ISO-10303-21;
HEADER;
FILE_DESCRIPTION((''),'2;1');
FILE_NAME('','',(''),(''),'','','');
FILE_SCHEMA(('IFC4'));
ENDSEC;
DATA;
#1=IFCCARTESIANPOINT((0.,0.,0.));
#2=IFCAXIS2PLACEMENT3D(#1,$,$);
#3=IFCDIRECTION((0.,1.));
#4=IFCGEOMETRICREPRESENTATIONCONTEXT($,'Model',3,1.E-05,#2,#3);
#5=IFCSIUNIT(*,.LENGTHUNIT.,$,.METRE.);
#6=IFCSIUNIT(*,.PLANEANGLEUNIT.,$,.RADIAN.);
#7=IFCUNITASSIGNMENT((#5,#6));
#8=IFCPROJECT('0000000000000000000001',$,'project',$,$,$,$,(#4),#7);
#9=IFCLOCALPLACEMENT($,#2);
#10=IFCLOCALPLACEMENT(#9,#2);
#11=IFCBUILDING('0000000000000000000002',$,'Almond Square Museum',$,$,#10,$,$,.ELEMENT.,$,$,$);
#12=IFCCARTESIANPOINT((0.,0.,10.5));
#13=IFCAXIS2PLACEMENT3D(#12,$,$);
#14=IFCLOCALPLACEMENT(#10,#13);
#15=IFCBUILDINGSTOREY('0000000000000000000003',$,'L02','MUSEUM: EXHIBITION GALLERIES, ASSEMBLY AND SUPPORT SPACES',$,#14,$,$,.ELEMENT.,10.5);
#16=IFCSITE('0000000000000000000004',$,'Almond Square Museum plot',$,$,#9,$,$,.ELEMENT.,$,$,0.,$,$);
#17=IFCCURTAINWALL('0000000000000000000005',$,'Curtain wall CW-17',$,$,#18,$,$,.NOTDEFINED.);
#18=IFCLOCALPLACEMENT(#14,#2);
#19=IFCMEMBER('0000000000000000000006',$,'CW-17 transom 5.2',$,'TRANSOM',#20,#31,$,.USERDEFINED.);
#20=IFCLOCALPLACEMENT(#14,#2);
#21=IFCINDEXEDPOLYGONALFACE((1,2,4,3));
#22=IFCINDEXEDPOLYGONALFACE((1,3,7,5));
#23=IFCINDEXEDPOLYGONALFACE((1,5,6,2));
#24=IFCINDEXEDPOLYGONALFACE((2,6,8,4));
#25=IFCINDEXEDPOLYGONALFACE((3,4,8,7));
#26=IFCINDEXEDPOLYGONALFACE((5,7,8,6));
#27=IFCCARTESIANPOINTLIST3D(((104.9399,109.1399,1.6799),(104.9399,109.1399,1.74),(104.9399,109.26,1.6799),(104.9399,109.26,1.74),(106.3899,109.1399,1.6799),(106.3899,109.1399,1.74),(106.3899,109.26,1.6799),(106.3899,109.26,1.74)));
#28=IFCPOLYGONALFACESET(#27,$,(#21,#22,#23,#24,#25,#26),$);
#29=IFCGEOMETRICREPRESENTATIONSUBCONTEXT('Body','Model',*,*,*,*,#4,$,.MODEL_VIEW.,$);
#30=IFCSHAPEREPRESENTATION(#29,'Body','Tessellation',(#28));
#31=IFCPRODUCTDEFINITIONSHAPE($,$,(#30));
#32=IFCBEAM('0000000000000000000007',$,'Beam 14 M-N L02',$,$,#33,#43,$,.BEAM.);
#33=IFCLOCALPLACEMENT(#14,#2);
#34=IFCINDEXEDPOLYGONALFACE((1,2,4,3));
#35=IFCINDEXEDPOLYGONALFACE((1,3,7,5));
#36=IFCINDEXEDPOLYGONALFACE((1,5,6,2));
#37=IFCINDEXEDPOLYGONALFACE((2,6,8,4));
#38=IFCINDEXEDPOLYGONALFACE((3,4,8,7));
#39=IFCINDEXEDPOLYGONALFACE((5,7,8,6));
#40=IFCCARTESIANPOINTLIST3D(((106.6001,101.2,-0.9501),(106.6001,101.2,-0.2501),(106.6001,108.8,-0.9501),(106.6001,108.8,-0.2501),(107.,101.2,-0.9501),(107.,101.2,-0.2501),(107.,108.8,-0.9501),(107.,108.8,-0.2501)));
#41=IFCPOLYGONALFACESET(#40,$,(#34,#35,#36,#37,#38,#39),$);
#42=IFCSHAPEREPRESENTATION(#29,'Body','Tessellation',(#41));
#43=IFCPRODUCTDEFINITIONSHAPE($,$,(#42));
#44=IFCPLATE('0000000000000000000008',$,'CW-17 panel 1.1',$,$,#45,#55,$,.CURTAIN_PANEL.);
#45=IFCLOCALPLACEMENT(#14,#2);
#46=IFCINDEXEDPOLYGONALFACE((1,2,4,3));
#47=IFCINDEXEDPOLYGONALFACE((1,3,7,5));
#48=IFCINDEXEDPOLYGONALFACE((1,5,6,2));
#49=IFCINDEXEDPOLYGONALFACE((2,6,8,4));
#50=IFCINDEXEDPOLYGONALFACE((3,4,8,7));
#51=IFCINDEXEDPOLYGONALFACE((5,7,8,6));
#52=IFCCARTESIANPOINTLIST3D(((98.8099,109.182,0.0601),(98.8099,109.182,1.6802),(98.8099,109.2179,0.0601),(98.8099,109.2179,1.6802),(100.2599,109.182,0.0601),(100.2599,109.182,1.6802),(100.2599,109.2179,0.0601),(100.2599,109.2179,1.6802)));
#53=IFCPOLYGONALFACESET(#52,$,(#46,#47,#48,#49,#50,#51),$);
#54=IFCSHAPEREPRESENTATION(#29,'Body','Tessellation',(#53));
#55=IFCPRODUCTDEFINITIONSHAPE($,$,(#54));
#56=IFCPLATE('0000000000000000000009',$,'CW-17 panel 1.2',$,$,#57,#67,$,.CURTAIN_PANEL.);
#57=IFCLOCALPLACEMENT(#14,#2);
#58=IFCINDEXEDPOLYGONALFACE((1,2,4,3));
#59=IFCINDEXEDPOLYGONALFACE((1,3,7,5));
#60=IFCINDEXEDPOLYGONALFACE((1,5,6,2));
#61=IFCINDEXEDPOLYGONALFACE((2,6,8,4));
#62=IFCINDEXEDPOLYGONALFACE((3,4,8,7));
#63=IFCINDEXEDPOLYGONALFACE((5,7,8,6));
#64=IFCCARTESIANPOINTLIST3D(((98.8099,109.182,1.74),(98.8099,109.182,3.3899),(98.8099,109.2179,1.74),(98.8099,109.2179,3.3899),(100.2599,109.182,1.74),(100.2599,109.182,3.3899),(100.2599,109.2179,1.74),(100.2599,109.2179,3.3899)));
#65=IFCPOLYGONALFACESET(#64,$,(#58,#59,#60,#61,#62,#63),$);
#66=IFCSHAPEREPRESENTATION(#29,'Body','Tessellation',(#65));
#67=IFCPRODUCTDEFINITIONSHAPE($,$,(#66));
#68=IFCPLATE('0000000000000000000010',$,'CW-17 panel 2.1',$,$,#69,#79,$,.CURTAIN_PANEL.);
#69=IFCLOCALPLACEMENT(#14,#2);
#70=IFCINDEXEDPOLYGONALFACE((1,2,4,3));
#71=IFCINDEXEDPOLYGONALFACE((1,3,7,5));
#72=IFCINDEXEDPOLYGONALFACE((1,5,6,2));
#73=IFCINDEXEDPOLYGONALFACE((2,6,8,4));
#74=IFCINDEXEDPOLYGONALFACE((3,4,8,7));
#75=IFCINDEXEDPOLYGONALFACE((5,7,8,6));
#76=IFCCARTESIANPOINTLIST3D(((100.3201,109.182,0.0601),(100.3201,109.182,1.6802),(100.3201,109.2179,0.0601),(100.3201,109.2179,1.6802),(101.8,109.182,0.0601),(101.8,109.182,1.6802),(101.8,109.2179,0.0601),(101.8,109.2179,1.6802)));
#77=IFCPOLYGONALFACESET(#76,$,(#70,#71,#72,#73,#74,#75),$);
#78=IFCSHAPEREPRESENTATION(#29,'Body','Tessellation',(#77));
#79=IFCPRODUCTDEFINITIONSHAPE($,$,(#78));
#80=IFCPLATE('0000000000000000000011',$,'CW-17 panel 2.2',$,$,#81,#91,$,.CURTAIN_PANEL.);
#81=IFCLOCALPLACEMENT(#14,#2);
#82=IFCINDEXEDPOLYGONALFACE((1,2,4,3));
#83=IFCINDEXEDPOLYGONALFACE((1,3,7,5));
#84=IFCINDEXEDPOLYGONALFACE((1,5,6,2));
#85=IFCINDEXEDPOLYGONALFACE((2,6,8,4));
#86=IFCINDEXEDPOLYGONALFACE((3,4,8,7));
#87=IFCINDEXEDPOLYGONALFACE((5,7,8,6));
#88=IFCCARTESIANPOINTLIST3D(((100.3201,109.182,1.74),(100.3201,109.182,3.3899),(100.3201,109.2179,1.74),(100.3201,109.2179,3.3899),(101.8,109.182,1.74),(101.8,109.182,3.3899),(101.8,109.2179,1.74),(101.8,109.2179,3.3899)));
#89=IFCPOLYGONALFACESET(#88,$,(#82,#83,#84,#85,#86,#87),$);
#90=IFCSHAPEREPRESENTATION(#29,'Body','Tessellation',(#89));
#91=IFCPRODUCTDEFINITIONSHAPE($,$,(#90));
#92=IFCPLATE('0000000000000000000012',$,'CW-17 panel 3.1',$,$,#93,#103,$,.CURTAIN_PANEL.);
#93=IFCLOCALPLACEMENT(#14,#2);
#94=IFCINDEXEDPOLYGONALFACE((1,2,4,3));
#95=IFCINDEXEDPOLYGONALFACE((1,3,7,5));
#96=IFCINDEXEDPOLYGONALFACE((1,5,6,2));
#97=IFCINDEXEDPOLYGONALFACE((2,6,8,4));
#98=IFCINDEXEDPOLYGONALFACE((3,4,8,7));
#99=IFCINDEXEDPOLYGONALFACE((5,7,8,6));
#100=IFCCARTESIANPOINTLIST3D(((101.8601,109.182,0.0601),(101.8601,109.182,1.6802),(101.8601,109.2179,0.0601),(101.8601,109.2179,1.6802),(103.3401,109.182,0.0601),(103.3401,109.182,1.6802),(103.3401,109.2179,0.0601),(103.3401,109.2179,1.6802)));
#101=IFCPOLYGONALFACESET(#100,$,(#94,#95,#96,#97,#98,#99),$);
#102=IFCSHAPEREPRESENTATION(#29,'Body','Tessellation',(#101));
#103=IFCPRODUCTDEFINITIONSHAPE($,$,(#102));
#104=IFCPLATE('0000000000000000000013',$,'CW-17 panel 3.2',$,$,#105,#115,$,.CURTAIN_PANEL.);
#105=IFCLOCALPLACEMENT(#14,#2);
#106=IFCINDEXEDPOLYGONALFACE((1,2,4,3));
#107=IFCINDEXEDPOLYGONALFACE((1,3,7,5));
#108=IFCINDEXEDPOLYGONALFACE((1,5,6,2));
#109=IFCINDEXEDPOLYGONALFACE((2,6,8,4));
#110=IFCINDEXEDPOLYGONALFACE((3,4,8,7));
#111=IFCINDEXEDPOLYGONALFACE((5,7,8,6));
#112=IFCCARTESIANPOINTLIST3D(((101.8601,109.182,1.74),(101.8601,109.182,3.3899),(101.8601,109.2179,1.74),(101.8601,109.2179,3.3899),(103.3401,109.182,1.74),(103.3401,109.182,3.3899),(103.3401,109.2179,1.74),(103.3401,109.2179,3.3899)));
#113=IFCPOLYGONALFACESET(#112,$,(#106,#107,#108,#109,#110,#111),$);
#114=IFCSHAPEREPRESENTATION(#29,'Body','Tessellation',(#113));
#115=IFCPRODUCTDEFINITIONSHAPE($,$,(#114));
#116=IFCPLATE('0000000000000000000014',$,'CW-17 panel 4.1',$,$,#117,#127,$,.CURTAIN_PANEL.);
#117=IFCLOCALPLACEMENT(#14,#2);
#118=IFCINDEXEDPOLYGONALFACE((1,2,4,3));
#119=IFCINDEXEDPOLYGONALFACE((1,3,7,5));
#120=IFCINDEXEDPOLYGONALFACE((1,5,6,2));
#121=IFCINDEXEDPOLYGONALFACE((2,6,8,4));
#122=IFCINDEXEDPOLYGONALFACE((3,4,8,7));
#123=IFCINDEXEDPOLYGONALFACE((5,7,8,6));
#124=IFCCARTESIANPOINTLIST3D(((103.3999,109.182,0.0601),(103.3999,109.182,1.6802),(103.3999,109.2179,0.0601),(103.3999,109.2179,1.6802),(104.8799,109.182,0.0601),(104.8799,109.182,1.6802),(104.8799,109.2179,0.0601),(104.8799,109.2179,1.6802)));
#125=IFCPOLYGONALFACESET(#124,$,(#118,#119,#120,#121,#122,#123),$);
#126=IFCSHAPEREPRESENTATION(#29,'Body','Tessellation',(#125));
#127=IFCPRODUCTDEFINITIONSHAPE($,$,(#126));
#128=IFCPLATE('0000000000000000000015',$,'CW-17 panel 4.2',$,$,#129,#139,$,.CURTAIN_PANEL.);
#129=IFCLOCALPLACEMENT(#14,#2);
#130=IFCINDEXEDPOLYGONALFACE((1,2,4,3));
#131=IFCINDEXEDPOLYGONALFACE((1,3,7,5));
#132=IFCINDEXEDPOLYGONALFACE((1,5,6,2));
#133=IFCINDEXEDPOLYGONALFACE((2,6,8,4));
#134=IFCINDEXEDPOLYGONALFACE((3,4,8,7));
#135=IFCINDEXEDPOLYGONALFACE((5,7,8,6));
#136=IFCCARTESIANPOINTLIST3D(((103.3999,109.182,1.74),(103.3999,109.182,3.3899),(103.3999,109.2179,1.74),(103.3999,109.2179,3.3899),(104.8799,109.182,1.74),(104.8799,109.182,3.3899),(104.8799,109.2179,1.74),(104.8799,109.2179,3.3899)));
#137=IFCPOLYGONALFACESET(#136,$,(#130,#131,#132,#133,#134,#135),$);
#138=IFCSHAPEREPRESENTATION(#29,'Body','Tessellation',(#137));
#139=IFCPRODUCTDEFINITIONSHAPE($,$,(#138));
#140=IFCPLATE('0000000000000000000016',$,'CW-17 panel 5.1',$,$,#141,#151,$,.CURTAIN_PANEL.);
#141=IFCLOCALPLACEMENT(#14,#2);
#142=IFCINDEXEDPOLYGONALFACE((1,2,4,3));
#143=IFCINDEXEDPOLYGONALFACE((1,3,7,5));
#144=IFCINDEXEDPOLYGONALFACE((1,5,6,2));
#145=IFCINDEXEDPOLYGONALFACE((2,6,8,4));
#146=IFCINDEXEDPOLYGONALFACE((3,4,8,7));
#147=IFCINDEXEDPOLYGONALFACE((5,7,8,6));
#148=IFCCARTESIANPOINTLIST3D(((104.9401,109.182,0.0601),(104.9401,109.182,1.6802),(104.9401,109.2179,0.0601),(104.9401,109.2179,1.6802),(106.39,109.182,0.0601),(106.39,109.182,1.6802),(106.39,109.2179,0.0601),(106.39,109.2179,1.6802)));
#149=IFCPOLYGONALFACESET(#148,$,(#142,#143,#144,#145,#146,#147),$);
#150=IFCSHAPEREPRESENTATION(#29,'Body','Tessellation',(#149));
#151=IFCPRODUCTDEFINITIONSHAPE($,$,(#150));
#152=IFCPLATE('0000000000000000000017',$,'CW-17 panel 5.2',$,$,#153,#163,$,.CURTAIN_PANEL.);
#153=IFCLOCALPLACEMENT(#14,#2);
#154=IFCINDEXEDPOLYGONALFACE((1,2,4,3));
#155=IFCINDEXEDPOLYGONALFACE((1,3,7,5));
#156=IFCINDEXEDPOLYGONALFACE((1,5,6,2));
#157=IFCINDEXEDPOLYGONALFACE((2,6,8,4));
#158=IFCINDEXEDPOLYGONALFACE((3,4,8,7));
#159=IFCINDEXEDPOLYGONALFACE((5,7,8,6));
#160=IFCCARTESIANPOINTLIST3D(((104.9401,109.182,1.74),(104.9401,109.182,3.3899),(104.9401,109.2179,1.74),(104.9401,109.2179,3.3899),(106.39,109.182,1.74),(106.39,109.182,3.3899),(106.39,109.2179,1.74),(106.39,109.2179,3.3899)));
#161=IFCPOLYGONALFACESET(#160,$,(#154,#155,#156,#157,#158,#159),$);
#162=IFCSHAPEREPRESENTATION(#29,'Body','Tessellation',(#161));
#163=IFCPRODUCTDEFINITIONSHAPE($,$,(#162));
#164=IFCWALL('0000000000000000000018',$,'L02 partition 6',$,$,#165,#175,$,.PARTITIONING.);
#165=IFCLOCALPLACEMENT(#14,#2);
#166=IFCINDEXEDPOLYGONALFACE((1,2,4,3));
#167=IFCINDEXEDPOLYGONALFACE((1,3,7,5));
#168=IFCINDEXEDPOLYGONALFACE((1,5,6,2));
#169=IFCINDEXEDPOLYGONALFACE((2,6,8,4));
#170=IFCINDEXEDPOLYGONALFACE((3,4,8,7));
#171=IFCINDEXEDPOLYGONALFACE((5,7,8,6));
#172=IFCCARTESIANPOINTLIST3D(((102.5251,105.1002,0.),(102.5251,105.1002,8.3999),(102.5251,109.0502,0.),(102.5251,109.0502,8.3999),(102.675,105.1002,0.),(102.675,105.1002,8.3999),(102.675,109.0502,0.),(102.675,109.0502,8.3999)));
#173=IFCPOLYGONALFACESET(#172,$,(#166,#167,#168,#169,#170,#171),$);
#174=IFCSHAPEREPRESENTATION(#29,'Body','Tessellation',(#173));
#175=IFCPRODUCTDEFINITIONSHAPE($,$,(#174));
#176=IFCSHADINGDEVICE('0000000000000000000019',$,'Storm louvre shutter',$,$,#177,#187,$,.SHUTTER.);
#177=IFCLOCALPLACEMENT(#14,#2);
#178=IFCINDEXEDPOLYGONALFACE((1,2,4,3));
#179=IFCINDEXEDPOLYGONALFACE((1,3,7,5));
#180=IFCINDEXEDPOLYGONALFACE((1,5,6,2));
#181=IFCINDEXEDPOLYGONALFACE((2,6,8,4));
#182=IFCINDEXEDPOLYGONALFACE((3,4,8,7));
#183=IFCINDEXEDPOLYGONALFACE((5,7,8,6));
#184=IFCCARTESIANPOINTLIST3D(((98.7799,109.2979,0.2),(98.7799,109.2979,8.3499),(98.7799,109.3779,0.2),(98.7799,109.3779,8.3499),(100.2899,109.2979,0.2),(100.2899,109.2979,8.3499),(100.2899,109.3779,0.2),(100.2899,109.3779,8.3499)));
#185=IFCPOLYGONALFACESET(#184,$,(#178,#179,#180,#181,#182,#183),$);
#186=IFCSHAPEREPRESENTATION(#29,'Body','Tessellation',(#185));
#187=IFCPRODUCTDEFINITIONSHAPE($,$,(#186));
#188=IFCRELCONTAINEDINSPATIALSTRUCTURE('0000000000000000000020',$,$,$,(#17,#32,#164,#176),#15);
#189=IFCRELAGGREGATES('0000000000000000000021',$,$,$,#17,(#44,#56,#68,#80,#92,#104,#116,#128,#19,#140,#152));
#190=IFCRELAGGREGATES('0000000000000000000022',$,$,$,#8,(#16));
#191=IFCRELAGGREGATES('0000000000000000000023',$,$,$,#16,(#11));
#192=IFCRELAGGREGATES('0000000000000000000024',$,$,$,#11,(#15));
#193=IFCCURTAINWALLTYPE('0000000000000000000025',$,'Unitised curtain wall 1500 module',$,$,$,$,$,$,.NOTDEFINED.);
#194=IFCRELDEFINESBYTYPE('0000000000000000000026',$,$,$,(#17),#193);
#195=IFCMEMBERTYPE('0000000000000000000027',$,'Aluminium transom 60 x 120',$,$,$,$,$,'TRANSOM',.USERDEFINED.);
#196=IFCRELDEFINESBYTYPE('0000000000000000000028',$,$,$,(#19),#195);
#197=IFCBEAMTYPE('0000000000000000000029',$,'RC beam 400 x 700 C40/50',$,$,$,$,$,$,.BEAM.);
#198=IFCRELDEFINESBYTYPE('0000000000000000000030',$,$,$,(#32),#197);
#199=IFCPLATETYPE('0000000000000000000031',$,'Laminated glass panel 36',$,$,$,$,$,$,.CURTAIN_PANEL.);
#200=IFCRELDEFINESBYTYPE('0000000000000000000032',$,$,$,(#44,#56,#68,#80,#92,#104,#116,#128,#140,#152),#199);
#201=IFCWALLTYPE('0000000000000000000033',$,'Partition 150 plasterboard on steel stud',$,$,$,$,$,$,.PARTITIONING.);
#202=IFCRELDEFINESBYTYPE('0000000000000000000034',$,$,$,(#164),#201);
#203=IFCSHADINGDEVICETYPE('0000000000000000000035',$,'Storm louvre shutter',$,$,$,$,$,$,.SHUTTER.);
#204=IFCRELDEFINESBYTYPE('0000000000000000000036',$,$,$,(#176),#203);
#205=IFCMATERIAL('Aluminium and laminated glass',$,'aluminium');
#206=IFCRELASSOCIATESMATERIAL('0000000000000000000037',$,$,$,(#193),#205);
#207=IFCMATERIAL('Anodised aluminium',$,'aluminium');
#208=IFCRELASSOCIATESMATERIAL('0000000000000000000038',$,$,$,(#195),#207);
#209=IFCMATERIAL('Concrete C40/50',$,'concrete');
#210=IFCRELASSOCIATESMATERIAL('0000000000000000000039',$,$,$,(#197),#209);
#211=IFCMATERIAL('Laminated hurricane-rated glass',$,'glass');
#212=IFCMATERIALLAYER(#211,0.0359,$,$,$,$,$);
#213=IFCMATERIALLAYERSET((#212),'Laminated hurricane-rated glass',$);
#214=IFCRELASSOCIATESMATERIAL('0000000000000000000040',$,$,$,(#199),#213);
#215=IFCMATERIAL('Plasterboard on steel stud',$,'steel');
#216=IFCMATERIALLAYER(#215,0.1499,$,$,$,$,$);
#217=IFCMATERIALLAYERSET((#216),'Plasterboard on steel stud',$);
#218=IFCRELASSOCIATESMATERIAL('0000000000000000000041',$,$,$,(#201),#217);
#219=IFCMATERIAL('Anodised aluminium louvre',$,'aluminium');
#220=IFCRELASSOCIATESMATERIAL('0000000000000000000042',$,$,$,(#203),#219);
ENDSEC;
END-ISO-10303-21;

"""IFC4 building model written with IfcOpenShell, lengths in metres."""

from ifc_helpers import new_model, si_unit, direction, frame, frame_2d, origin, origin_2d, place, context, subcontext, project, spatial, rectangle, extrude, material, layer, layer_set, material_profile, profile_set, type_object, element, aggregate, save


model = new_model("IFC4")

# Units and contexts
model_context = context("Model", 3, precision=1e-05, world=origin(), true_north=direction((0.0, 1.0)))
body_context = subcontext(model_context, "Body", "Model", "MODEL_VIEW")
ifc_project = project(units=[si_unit("LENGTHUNIT", "METRE"), si_unit("PLANEANGLEUNIT", "RADIAN")], contexts=[model_context])

# Site, building, storey
site_placement = place(None, origin())
site = spatial("IfcSite", under=ifc_project, at=site_placement, Name="Almond Square Museum plot", CompositionType="ELEMENT", RefElevation=0.0)
building_placement = place(site_placement, origin())
building = spatial("IfcBuilding", under=site, at=building_placement, Name="Almond Square Museum", CompositionType="ELEMENT")
storey_placement = place(building_placement, frame((0.0, 0.0, 10.5)))
storey = spatial("IfcBuildingStorey", under=building, at=storey_placement, Name="L02", Description="MUSEUM: EXHIBITION GALLERIES, ASSEMBLY AND SUPPORT SPACES", CompositionType="ELEMENT", Elevation=10.5)

# Curtain wall, member
ifc_material_1 = material(Name="Aluminium and laminated glass", Category="aluminium")
curtain_wall_type = type_object("IfcCurtainWallType", Name="Unitised curtain wall 1500 module", PredefinedType="NOTDEFINED", material=ifc_material_1)
curtain_wall_placement = place(storey_placement, origin())
curtain_wall = element("IfcCurtainWall", 1, at=curtain_wall_placement, inside=storey, type_object=curtain_wall_type, Name="Curtain wall CW-17", PredefinedType="NOTDEFINED")
ifc_material_2 = material(Name="Anodised aluminium", Category="aluminium")
ifc_material_profile_1 = material_profile(ifc_material_2, rectangle(XDim=0.1201, YDim=0.0601, at=origin_2d()))
ifc_profile_set_1 = profile_set([ifc_material_profile_1], Name="Anodised aluminium")
member_type_1 = type_object("IfcMemberType", Name="Aluminium transom 60 x 120", ElementType="TRANSOM", PredefinedType="USERDEFINED", material=ifc_profile_set_1)
member_1_placement = place(storey_placement, frame((104.9399, 109.2, 1.71), z_axis=(1.0, 0.0, 0.0), x_axis=(0.0, 1.0, 0.0)))
member_1 = element("IfcMember", 2, at=member_1_placement, type_object=member_type_1, Name="CW-17 transom 5.2", ObjectType="TRANSOM", PredefinedType="USERDEFINED", context=body_context, shape_type="SweptSolid", body=[
    extrude(rectangle(XDim=0.1201, YDim=0.0601, at=origin_2d()), origin(), (0.0, 0.0, 1.0), 1.45),
])

# Beam
ifc_material_3 = material(Name="Concrete C40/50", Category="concrete")
ifc_material_profile_2 = material_profile(ifc_material_3, rectangle(XDim=0.3999, YDim=0.7, at=origin_2d()))
ifc_profile_set_2 = profile_set([ifc_material_profile_2], Name="Concrete C40/50")
beam_type = type_object("IfcBeamType", Name="RC beam 400 x 700 C40/50", PredefinedType="BEAM", material=ifc_profile_set_2)
beam_placement = place(storey_placement, frame((106.8, 101.2, -0.6001), z_axis=(0.0, 1.0, 0.0), x_axis=(-1.0, 0.0, 0.0)))
element("IfcBeam", 3, at=beam_placement, inside=storey, type_object=beam_type, Name="Beam 14 M-N L02", PredefinedType="BEAM", context=body_context, shape_type="SweptSolid", body=[
    extrude(rectangle(XDim=0.3999, YDim=0.7, at=origin_2d()), origin(), (0.0, 0.0, 1.0), 7.6001),
])

# Plates
ifc_material_4 = material(Name="Laminated hurricane-rated glass", Category="glass")
ifc_layer_1 = layer(ifc_material_4, 0.0359)
ifc_layer_set_1 = layer_set([ifc_layer_1], Name="Laminated hurricane-rated glass")
plate_type = type_object("IfcPlateType", Name="Laminated glass panel 36", PredefinedType="CURTAIN_PANEL", material=ifc_layer_set_1)
plate_1_placement = place(storey_placement, frame((99.5349, 109.2, 0.0601), z_axis=(0.0, 0.0, 1.0), x_axis=(1.0, 0.0, 0.0)))
plate_1 = element("IfcPlate", 4, at=plate_1_placement, type_object=plate_type, Name="CW-17 panel 1.1", PredefinedType="CURTAIN_PANEL", context=body_context, shape_type="SweptSolid", body=[
    extrude(rectangle(XDim=1.45, YDim=0.0359, at=origin_2d()), origin(), (0.0, 0.0, 1.0), 1.6201),
])
plate_2_placement = place(storey_placement, frame((99.5349, 109.2, 1.74), z_axis=(0.0, 0.0, 1.0), x_axis=(1.0, 0.0, 0.0)))
plate_2 = element("IfcPlate", 5, at=plate_2_placement, type_object=plate_type, Name="CW-17 panel 1.2", PredefinedType="CURTAIN_PANEL", context=body_context, shape_type="SweptSolid", body=[
    extrude(rectangle(XDim=1.45, YDim=0.0359, at=origin_2d()), origin(), (0.0, 0.0, 1.0), 1.6499),
])
plate_3_placement = place(storey_placement, frame((101.0601, 109.2, 0.0601), z_axis=(0.0, 0.0, 1.0), x_axis=(1.0, 0.0, 0.0)))
plate_3 = element("IfcPlate", 6, at=plate_3_placement, type_object=plate_type, Name="CW-17 panel 2.1", PredefinedType="CURTAIN_PANEL", context=body_context, shape_type="SweptSolid", body=[
    extrude(rectangle(XDim=1.48, YDim=0.0359, at=origin_2d()), origin(), (0.0, 0.0, 1.0), 1.6201),
])
plate_4_placement = place(storey_placement, frame((101.0601, 109.2, 1.74), z_axis=(0.0, 0.0, 1.0), x_axis=(1.0, 0.0, 0.0)))
plate_4 = element("IfcPlate", 7, at=plate_4_placement, type_object=plate_type, Name="CW-17 panel 2.2", PredefinedType="CURTAIN_PANEL", context=body_context, shape_type="SweptSolid", body=[
    extrude(rectangle(XDim=1.48, YDim=0.0359, at=origin_2d()), origin(), (0.0, 0.0, 1.0), 1.6499),
])
plate_5_placement = place(storey_placement, frame((102.6001, 109.2, 0.0601), z_axis=(0.0, 0.0, 1.0), x_axis=(1.0, 0.0, 0.0)))
plate_5 = element("IfcPlate", 8, at=plate_5_placement, type_object=plate_type, Name="CW-17 panel 3.1", PredefinedType="CURTAIN_PANEL", context=body_context, shape_type="SweptSolid", body=[
    extrude(rectangle(XDim=1.48, YDim=0.0359, at=origin_2d()), origin(), (0.0, 0.0, 1.0), 1.6201),
])
plate_6_placement = place(storey_placement, frame((102.6001, 109.2, 1.74), z_axis=(0.0, 0.0, 1.0), x_axis=(1.0, 0.0, 0.0)))
plate_6 = element("IfcPlate", 9, at=plate_6_placement, type_object=plate_type, Name="CW-17 panel 3.2", PredefinedType="CURTAIN_PANEL", context=body_context, shape_type="SweptSolid", body=[
    extrude(rectangle(XDim=1.48, YDim=0.0359, at=origin_2d()), origin(), (0.0, 0.0, 1.0), 1.6499),
])
plate_7_placement = place(storey_placement, frame((104.1399, 109.2, 0.0601), z_axis=(0.0, 0.0, 1.0), x_axis=(1.0, 0.0, 0.0)))
plate_7 = element("IfcPlate", 10, at=plate_7_placement, type_object=plate_type, Name="CW-17 panel 4.1", PredefinedType="CURTAIN_PANEL", context=body_context, shape_type="SweptSolid", body=[
    extrude(rectangle(XDim=1.48, YDim=0.0359, at=origin_2d()), origin(), (0.0, 0.0, 1.0), 1.6201),
])
plate_8_placement = place(storey_placement, frame((104.1399, 109.2, 1.74), z_axis=(0.0, 0.0, 1.0), x_axis=(1.0, 0.0, 0.0)))
plate_8 = element("IfcPlate", 11, at=plate_8_placement, type_object=plate_type, Name="CW-17 panel 4.2", PredefinedType="CURTAIN_PANEL", context=body_context, shape_type="SweptSolid", body=[
    extrude(rectangle(XDim=1.48, YDim=0.0359, at=origin_2d()), origin(), (0.0, 0.0, 1.0), 1.6499),
])
plate_9_placement = place(storey_placement, frame((105.665, 109.2, 0.0601), z_axis=(0.0, 0.0, 1.0), x_axis=(1.0, 0.0, 0.0)))
plate_9 = element("IfcPlate", 12, at=plate_9_placement, type_object=plate_type, Name="CW-17 panel 5.1", PredefinedType="CURTAIN_PANEL", context=body_context, shape_type="SweptSolid", body=[
    extrude(rectangle(XDim=1.45, YDim=0.0359, at=origin_2d()), origin(), (0.0, 0.0, 1.0), 1.6201),
])
plate_10_placement = place(storey_placement, frame((105.665, 109.2, 1.74), z_axis=(0.0, 0.0, 1.0), x_axis=(1.0, 0.0, 0.0)))
plate_10 = element("IfcPlate", 13, at=plate_10_placement, type_object=plate_type, Name="CW-17 panel 5.2", PredefinedType="CURTAIN_PANEL", context=body_context, shape_type="SweptSolid", body=[
    extrude(rectangle(XDim=1.45, YDim=0.0359, at=origin_2d()), origin(), (0.0, 0.0, 1.0), 1.6499),
])
aggregate(curtain_wall, [plate_1, plate_2, plate_3, plate_4, plate_5, plate_6, plate_7, plate_8, member_1, plate_9, plate_10])

# Wall
ifc_material_5 = material(Name="Plasterboard on steel stud", Category="steel")
ifc_layer_2 = layer(ifc_material_5, 0.1499)
ifc_layer_set_2 = layer_set([ifc_layer_2], Name="Plasterboard on steel stud")
wall_type_1 = type_object("IfcWallType", Name="Partition 150 plasterboard on steel stud", PredefinedType="PARTITIONING", material=ifc_layer_set_2)
wall_1_placement = place(storey_placement, frame((102.6001, 105.1001, 0.0), z_axis=(0.0, 0.0, 1.0), x_axis=(0.0, 1.0, 0.0)))
element("IfcWall", 14, at=wall_1_placement, inside=storey, type_object=wall_type_1, Name="L02 partition 6", PredefinedType="PARTITIONING", context=body_context, shape_type="SweptSolid", body=[
    extrude(rectangle(XDim=3.95, YDim=0.1499, at=frame_2d((1.9751, 0.0))), origin(), (0.0, 0.0, 1.0), 8.3999),
])

# Shading device
ifc_material_6 = material(Name="Anodised aluminium louvre", Category="aluminium")
shading_device_type_1 = type_object("IfcShadingDeviceType", Name="Storm louvre shutter", PredefinedType="SHUTTER", material=ifc_material_6)
shading_device_placement = place(storey_placement, frame((99.5349, 109.3379, 0.2), z_axis=(0.0, 0.0, 1.0), x_axis=(1.0, 0.0, 0.0)))
element("IfcShadingDevice", 15, at=shading_device_placement, inside=storey, type_object=shading_device_type_1, Name="Storm louvre shutter", PredefinedType="SHUTTER", context=body_context, shape_type="SweptSolid", body=[
    extrude(rectangle(XDim=1.51, YDim=0.0801, at=origin_2d()), origin(), (0.0, 0.0, 1.0), 8.1499),
])

save(model, "model.ifc")
